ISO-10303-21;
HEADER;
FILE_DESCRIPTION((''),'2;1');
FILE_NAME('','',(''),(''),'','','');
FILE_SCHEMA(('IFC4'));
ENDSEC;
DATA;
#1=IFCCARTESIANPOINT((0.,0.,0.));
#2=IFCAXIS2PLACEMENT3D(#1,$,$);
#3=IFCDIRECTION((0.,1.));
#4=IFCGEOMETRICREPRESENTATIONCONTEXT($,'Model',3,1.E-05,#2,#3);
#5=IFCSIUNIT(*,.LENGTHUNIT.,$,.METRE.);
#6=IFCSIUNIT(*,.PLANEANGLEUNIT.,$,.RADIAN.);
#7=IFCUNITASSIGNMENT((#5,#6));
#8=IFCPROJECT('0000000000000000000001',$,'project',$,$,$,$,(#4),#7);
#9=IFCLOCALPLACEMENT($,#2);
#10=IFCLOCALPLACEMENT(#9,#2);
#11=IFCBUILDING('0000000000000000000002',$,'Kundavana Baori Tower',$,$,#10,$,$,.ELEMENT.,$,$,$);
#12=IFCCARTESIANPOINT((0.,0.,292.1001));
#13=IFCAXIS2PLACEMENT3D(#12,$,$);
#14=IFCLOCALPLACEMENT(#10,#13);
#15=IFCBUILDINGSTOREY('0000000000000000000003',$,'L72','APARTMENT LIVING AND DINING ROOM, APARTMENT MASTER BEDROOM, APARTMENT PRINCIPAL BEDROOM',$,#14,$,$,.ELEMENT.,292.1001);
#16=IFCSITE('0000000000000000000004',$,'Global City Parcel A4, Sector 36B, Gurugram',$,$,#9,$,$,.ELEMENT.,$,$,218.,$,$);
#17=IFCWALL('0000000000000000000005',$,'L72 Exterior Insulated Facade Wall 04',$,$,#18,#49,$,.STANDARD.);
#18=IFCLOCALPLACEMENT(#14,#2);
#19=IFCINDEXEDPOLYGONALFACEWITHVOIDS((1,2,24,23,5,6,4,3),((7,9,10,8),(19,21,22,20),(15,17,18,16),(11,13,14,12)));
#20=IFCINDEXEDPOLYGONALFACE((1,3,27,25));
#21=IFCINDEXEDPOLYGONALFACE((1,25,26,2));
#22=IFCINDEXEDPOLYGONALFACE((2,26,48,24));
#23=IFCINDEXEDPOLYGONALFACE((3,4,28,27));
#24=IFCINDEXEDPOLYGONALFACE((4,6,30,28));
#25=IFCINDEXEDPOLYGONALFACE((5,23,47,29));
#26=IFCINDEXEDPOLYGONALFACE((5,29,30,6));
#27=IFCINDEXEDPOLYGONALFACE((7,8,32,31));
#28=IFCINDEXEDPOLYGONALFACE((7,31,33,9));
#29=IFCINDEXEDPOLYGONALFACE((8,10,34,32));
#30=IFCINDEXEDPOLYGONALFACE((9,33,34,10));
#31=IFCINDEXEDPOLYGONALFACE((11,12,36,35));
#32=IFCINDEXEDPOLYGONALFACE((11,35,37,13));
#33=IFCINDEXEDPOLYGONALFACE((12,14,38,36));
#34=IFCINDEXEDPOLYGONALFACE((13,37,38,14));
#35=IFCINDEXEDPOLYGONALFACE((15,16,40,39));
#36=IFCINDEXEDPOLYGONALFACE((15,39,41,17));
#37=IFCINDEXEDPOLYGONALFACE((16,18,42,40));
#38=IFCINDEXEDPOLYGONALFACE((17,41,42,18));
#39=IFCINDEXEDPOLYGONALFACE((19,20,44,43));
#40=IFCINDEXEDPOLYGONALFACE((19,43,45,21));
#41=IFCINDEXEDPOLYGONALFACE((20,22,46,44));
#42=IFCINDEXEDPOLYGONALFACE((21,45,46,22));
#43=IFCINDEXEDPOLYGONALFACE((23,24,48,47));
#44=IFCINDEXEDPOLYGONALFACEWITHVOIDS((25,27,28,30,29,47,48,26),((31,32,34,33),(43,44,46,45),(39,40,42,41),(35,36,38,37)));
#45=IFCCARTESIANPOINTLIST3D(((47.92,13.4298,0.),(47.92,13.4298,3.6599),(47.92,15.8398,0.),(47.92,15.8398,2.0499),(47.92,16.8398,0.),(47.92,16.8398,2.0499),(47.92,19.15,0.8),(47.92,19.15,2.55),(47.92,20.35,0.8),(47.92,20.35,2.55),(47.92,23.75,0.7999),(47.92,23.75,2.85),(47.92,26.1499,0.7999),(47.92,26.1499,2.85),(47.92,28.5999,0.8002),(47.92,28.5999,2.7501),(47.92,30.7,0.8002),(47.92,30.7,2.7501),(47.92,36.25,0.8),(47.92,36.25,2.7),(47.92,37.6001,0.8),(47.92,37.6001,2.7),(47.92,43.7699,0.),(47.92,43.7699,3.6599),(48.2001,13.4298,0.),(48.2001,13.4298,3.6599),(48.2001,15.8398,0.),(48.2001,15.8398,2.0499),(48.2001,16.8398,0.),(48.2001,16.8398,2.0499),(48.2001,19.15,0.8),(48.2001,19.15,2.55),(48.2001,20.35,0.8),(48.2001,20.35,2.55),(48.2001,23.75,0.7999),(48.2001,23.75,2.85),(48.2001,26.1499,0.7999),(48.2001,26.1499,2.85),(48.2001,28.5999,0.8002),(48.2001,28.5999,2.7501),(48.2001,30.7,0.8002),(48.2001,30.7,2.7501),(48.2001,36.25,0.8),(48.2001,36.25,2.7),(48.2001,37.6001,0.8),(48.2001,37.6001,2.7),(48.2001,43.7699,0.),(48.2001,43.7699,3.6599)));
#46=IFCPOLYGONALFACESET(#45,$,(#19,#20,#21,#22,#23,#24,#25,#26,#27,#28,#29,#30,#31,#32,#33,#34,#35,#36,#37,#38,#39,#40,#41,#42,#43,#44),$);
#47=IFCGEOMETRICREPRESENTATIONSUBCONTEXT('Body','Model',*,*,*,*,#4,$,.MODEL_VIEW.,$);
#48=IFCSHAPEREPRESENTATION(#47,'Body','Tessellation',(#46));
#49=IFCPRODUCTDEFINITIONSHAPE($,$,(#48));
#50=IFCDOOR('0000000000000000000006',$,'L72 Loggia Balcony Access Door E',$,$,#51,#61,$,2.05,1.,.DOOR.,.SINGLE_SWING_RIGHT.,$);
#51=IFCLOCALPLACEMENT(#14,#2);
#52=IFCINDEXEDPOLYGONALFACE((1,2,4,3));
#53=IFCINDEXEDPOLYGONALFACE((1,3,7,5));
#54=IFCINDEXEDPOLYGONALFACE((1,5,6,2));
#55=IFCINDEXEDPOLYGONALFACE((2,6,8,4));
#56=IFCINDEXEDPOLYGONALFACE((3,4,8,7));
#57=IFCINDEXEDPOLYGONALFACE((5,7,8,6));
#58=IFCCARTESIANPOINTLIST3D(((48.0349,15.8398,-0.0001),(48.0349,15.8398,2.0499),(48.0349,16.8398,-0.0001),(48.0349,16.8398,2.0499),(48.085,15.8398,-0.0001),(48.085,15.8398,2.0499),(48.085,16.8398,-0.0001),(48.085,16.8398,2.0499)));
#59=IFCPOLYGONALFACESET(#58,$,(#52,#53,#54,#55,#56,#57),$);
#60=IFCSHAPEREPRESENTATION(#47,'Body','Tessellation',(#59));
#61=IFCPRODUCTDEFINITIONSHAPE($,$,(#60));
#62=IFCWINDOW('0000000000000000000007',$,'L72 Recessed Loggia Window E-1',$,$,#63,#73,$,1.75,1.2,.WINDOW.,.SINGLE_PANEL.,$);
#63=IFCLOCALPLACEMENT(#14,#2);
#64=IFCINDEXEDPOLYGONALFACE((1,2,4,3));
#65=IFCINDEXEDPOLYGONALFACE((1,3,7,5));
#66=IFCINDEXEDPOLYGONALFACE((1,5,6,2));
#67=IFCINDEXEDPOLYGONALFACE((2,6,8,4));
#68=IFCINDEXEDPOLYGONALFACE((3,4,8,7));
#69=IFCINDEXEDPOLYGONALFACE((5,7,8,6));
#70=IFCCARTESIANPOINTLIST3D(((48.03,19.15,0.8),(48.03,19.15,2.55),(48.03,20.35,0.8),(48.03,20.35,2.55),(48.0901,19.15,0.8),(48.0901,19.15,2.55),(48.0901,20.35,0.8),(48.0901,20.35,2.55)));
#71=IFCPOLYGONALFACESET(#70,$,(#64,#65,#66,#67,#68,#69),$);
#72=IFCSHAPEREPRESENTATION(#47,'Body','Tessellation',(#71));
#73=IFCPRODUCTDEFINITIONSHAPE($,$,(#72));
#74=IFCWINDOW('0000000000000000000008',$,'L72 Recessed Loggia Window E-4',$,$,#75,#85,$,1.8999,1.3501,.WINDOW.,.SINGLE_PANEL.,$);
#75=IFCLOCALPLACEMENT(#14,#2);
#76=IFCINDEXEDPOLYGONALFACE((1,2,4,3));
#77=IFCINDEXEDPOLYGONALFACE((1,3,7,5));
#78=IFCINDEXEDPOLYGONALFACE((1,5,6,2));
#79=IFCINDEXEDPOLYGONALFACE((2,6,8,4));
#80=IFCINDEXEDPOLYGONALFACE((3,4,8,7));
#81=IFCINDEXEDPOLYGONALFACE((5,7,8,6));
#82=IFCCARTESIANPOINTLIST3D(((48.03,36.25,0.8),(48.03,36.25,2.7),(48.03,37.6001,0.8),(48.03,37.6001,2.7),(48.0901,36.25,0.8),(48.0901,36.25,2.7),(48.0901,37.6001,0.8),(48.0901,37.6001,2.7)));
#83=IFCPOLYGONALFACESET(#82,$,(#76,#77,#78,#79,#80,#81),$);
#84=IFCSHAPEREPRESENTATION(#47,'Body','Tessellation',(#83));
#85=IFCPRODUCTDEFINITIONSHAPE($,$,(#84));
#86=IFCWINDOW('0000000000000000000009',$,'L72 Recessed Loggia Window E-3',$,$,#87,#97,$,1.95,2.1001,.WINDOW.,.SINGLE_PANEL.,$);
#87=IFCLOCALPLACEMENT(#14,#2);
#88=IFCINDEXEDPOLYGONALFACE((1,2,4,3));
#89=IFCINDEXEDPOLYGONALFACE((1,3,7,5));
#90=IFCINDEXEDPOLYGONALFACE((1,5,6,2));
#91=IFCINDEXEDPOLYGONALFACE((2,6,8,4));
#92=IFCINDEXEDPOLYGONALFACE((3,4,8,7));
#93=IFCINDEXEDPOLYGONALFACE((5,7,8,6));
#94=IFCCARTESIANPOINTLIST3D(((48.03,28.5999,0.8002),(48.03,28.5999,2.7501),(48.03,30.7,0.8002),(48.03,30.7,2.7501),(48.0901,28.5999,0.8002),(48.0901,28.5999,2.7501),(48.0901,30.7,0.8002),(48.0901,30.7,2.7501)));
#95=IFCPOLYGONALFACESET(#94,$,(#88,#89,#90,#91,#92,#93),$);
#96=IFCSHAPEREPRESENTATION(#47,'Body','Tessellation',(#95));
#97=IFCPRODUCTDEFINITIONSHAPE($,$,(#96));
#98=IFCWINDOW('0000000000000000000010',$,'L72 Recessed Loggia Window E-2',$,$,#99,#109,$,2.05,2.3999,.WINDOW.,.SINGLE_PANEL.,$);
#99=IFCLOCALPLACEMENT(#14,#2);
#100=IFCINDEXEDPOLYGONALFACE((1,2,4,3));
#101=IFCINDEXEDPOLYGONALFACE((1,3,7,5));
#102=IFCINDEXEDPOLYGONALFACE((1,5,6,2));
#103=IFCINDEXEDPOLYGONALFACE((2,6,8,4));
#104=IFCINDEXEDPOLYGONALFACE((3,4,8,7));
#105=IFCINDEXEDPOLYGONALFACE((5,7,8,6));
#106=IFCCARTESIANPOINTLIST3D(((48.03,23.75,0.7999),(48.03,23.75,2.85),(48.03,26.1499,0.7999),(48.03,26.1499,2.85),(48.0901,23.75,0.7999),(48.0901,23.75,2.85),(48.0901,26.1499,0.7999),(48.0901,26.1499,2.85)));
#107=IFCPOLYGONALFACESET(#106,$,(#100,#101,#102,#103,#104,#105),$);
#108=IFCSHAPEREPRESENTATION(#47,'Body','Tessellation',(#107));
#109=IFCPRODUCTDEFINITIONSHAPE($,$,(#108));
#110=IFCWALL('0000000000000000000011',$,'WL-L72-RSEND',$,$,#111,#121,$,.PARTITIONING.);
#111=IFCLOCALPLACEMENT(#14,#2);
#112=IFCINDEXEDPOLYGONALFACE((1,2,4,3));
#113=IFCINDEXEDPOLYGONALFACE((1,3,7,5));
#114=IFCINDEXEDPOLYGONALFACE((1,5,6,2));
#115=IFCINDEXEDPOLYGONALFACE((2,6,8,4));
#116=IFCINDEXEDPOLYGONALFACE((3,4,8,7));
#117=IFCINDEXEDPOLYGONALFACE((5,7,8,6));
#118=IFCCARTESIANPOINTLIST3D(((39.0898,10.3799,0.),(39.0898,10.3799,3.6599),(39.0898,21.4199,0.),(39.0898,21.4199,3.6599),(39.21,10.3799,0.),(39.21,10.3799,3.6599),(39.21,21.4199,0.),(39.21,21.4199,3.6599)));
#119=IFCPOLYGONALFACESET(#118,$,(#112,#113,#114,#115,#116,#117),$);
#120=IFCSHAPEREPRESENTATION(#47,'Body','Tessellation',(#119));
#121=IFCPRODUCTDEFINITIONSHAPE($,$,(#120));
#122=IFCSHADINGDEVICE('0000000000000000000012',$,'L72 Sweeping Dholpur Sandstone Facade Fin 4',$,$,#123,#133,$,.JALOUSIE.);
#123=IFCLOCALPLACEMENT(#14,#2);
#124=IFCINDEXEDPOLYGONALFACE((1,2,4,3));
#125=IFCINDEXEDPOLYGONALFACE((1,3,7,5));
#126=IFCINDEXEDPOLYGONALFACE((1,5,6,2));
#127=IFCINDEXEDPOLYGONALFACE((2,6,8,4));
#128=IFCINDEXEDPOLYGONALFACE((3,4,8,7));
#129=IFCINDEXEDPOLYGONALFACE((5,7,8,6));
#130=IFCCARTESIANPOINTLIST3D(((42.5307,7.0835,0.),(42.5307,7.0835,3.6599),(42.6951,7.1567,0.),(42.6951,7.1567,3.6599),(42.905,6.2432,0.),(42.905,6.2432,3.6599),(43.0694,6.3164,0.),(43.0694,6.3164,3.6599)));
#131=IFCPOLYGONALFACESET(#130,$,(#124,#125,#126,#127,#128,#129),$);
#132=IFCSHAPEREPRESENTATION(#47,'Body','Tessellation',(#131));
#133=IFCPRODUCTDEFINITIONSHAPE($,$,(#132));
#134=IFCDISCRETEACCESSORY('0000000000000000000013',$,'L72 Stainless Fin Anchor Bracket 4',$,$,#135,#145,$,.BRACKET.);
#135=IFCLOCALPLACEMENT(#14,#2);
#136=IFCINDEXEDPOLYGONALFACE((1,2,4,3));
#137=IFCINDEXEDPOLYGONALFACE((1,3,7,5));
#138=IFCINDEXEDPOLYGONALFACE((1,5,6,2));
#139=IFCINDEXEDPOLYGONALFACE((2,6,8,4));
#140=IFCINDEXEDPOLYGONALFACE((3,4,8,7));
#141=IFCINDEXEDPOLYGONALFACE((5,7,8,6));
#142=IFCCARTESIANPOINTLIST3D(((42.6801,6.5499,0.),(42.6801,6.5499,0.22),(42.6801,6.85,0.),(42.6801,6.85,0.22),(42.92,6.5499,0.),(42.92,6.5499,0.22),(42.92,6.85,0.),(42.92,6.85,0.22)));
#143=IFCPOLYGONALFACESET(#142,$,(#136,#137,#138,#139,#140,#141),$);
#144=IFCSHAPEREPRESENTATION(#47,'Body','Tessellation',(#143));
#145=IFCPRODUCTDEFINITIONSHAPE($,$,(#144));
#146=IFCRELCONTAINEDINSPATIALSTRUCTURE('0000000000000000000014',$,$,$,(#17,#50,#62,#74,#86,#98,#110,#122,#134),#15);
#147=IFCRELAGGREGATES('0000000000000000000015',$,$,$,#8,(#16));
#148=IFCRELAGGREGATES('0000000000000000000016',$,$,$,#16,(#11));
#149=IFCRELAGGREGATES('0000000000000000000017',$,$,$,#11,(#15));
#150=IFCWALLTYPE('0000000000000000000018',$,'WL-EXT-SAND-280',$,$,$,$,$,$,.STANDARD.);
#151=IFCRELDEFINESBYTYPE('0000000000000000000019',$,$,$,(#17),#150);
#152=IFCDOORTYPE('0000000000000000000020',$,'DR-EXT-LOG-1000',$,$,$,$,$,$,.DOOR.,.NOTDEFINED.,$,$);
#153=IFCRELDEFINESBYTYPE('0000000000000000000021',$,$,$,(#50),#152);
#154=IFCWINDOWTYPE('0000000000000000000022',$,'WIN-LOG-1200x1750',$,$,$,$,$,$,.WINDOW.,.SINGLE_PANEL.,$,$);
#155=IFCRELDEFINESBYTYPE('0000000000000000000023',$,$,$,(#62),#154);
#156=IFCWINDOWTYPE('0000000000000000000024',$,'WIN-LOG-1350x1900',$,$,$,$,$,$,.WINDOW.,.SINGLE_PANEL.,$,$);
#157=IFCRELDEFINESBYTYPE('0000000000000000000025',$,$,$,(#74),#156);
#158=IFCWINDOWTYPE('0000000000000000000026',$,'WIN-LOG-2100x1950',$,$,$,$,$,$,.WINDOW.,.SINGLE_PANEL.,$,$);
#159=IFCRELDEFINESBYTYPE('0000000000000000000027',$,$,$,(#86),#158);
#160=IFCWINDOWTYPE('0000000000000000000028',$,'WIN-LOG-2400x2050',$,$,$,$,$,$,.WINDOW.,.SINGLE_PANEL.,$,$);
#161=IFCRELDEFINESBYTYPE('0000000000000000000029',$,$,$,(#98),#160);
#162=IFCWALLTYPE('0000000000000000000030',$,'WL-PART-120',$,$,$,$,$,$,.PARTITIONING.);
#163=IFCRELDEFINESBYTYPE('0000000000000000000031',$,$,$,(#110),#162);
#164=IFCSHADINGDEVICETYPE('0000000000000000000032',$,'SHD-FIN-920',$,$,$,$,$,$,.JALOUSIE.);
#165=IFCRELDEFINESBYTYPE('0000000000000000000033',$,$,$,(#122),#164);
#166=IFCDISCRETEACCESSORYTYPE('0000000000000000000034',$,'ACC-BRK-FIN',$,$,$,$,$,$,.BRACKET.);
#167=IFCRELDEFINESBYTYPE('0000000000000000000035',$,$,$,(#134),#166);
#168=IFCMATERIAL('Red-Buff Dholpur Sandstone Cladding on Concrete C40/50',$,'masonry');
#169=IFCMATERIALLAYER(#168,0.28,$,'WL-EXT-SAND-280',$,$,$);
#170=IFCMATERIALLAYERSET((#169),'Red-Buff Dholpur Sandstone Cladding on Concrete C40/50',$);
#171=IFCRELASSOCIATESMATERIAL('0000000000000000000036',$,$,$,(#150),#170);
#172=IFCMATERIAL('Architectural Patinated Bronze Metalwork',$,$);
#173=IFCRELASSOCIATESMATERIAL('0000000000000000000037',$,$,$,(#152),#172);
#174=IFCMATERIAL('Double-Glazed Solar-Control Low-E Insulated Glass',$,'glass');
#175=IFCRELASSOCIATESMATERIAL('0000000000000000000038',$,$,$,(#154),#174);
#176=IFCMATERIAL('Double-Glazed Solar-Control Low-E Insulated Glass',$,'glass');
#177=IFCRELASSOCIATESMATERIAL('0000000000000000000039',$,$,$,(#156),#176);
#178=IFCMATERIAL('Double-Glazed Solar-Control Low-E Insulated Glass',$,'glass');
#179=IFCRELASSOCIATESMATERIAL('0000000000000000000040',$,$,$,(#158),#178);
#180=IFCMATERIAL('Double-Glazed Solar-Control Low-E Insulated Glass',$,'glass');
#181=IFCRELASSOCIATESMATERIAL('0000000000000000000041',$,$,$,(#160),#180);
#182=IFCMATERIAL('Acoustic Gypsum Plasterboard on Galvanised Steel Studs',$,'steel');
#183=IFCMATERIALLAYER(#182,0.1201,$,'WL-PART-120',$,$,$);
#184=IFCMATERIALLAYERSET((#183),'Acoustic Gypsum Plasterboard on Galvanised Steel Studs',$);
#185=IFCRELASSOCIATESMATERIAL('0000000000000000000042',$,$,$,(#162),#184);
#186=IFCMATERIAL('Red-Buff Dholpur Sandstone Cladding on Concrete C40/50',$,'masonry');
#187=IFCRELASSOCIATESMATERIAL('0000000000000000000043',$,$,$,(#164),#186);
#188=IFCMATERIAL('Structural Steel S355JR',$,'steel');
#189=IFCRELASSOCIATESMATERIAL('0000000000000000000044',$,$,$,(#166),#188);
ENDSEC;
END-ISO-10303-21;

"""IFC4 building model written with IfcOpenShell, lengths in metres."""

from ifc_helpers import new_model, si_unit, direction, frame, frame_2d, origin, origin_2d, place, context, subcontext, project, spatial, rectangle, extrude, material, layer, layer_set, type_object, element, fill, save


model = new_model("IFC4")

# Units and contexts
model_context = context("Model", 3, precision=1e-05, world=origin(), true_north=direction((0.0, 1.0)))
body_context = subcontext(model_context, "Body", "Model", "MODEL_VIEW")
ifc_project = project(units=[si_unit("LENGTHUNIT", "METRE"), si_unit("PLANEANGLEUNIT", "RADIAN")], contexts=[model_context])

# Site, building, storey
site_placement = place(None, origin())
site = spatial("IfcSite", under=ifc_project, at=site_placement, Name="Global City Parcel A4, Sector 36B, Gurugram", CompositionType="ELEMENT", RefElevation=218.0)
building_placement = place(site_placement, origin())
building = spatial("IfcBuilding", under=site, at=building_placement, Name="Kundavana Baori Tower", CompositionType="ELEMENT")
storey_placement = place(building_placement, frame((0.0, 0.0, 292.1001)))
storey = spatial("IfcBuildingStorey", under=building, at=storey_placement, Name="L72", Description="APARTMENT LIVING AND DINING ROOM, APARTMENT MASTER BEDROOM, APARTMENT PRINCIPAL BEDROOM", CompositionType="ELEMENT", Elevation=292.1001)

# Shared definitions
ifc_material_1 = material(Name="Red-Buff Dholpur Sandstone Cladding on Concrete C40/50", Category="masonry")
ifc_layer_1 = layer(ifc_material_1, 0.28, Name="WL-EXT-SAND-280")
ifc_layer_set_1 = layer_set([ifc_layer_1], Name="Red-Buff Dholpur Sandstone Cladding on Concrete C40/50")
wall_type_1 = type_object("IfcWallType", Name="WL-EXT-SAND-280", PredefinedType="STANDARD", material=ifc_layer_set_1)

# Wall, openings, door, windows
wall_1_placement = place(storey_placement, frame((48.0601, 13.4299, 0.0), z_axis=(0.0, 0.0, 1.0), x_axis=(0.0, 1.0, 0.0)))
wall_1 = element("IfcWall", 1, at=wall_1_placement, inside=storey, type_object=wall_type_1, Name="L72 Exterior Insulated Facade Wall 04", PredefinedType="STANDARD", context=body_context, shape_type="SweptSolid", body=[
    extrude(rectangle(XDim=30.3401, YDim=0.28, at=frame_2d((15.1699, 0.0))), origin(), (0.0, 0.0, 1.0), 3.6599),
])
opening_1_placement = place(wall_1_placement, frame((2.4099, 0.0, 0.0)))
opening_1 = element("IfcOpeningElement", 2, at=opening_1_placement, cuts=wall_1, PredefinedType="OPENING", context=body_context, shape_type="SweptSolid", body=[
    extrude(rectangle(XDim=1.0, YDim=2.05, at=frame_2d((0.5, 1.0249))), frame((0.0, 0.1499, 0.0), z_axis=(0.0, -1.0, 0.0), x_axis=(1.0, 0.0, 0.0)), (0.0, 0.0, 1.0), 0.3),
])
opening_2_placement = place(wall_1_placement, frame((5.72, 0.0, 0.8)))
opening_2 = element("IfcOpeningElement", 3, at=opening_2_placement, cuts=wall_1, PredefinedType="OPENING", context=body_context, shape_type="SweptSolid", body=[
    extrude(rectangle(XDim=1.2, YDim=1.75, at=frame_2d((0.6001, 0.875))), frame((0.0, 0.1499, 0.0), z_axis=(0.0, -1.0, 0.0), x_axis=(1.0, 0.0, 0.0)), (0.0, 0.0, 1.0), 0.3),
])
opening_3_placement = place(wall_1_placement, frame((10.3201, 0.0, 0.8)))
opening_3 = element("IfcOpeningElement", 4, at=opening_3_placement, cuts=wall_1, PredefinedType="OPENING", context=body_context, shape_type="SweptSolid", body=[
    extrude(rectangle(XDim=2.3999, YDim=2.05, at=frame_2d((1.2, 1.0249))), frame((0.0, 0.1499, 0.0), z_axis=(0.0, -1.0, 0.0), x_axis=(1.0, 0.0, 0.0)), (0.0, 0.0, 1.0), 0.3),
])
opening_4_placement = place(wall_1_placement, frame((15.1699, 0.0, 0.8)))
opening_4 = element("IfcOpeningElement", 5, at=opening_4_placement, cuts=wall_1, PredefinedType="OPENING", context=body_context, shape_type="SweptSolid", body=[
    extrude(rectangle(XDim=2.1001, YDim=1.95, at=frame_2d((1.05, 0.9751))), frame((0.0, 0.1499, 0.0), z_axis=(0.0, -1.0, 0.0), x_axis=(1.0, 0.0, 0.0)), (0.0, 0.0, 1.0), 0.3),
])
opening_5_placement = place(wall_1_placement, frame((22.8201, 0.0, 0.8)))
opening_5 = element("IfcOpeningElement", 6, at=opening_5_placement, cuts=wall_1, PredefinedType="OPENING", context=body_context, shape_type="SweptSolid", body=[
    extrude(rectangle(XDim=1.3501, YDim=1.8999, at=frame_2d((0.675, 0.95))), frame((0.0, 0.1499, 0.0), z_axis=(0.0, -1.0, 0.0), x_axis=(1.0, 0.0, 0.0)), (0.0, 0.0, 1.0), 0.3),
])
ifc_material_2 = material(Name="Architectural Patinated Bronze Metalwork")
door_type = type_object("IfcDoorType", Name="DR-EXT-LOG-1000", OperationType="NOTDEFINED", PredefinedType="DOOR", material=ifc_material_2)
door_placement = place(opening_1_placement, frame((1.0, 0.0, 0.0), z_axis=(0.0, 0.0, 1.0), x_axis=(-1.0, 0.0, 0.0)))
door = element("IfcDoor", 7, at=door_placement, inside=storey, type_object=door_type, Name="L72 Loggia Balcony Access Door E", OperationType="SINGLE_SWING_RIGHT", OverallHeight=2.05, OverallWidth=1.0, PredefinedType="DOOR", context=body_context, shape_type="SweptSolid", body=[
    extrude(rectangle(XDim=1.0, YDim=2.05, at=frame_2d((0.5, 1.0249))), frame((0.0, 0.0249, 0.0), z_axis=(0.0, -1.0, 0.0), x_axis=(1.0, 0.0, 0.0)), (0.0, 0.0, 1.0), 0.05),
])
fill(opening_1, door)
ifc_material_3 = material(Name="Double-Glazed Solar-Control Low-E Insulated Glass", Category="glass")
window_type_1 = type_object("IfcWindowType", Name="WIN-LOG-1200x1750", PartitioningType="SINGLE_PANEL", PredefinedType="WINDOW", material=ifc_material_3)
window_1_placement = place(opening_2_placement, origin())
window_1 = element("IfcWindow", 8, at=window_1_placement, inside=storey, type_object=window_type_1, Name="L72 Recessed Loggia Window E-1", OverallHeight=1.75, OverallWidth=1.2, PartitioningType="SINGLE_PANEL", PredefinedType="WINDOW", context=body_context, shape_type="SweptSolid", body=[
    extrude(rectangle(XDim=1.2, YDim=1.75, at=frame_2d((0.6001, 0.875))), frame((0.0, 0.03, 0.0), z_axis=(0.0, -1.0, 0.0), x_axis=(1.0, 0.0, 0.0)), (0.0, 0.0, 1.0), 0.0601),
])
fill(opening_2, window_1)
ifc_material_4 = material(Name="Double-Glazed Solar-Control Low-E Insulated Glass", Category="glass")
window_type_2 = type_object("IfcWindowType", Name="WIN-LOG-1350x1900", PartitioningType="SINGLE_PANEL", PredefinedType="WINDOW", material=ifc_material_4)
window_2_placement = place(opening_5_placement, origin())
window_2 = element("IfcWindow", 9, at=window_2_placement, inside=storey, type_object=window_type_2, Name="L72 Recessed Loggia Window E-4", OverallHeight=1.8999, OverallWidth=1.3501, PartitioningType="SINGLE_PANEL", PredefinedType="WINDOW", context=body_context, shape_type="SweptSolid", body=[
    extrude(rectangle(XDim=1.3501, YDim=1.8999, at=frame_2d((0.675, 0.95))), frame((0.0, 0.03, 0.0), z_axis=(0.0, -1.0, 0.0), x_axis=(1.0, 0.0, 0.0)), (0.0, 0.0, 1.0), 0.0601),
])
fill(opening_5, window_2)
ifc_material_5 = material(Name="Double-Glazed Solar-Control Low-E Insulated Glass", Category="glass")
window_type_3 = type_object("IfcWindowType", Name="WIN-LOG-2100x1950", PartitioningType="SINGLE_PANEL", PredefinedType="WINDOW", material=ifc_material_5)
window_3_placement = place(opening_4_placement, origin())
window_3 = element("IfcWindow", 10, at=window_3_placement, inside=storey, type_object=window_type_3, Name="L72 Recessed Loggia Window E-3", OverallHeight=1.95, OverallWidth=2.1001, PartitioningType="SINGLE_PANEL", PredefinedType="WINDOW", context=body_context, shape_type="SweptSolid", body=[
    extrude(rectangle(XDim=2.1001, YDim=1.95, at=frame_2d((1.05, 0.9751))), frame((0.0, 0.03, 0.0), z_axis=(0.0, -1.0, 0.0), x_axis=(1.0, 0.0, 0.0)), (0.0, 0.0, 1.0), 0.0601),
])
fill(opening_4, window_3)
ifc_material_6 = material(Name="Double-Glazed Solar-Control Low-E Insulated Glass", Category="glass")
window_type_4 = type_object("IfcWindowType", Name="WIN-LOG-2400x2050", PartitioningType="SINGLE_PANEL", PredefinedType="WINDOW", material=ifc_material_6)
window_4_placement = place(opening_3_placement, origin())
window_4 = element("IfcWindow", 11, at=window_4_placement, inside=storey, type_object=window_type_4, Name="L72 Recessed Loggia Window E-2", OverallHeight=2.05, OverallWidth=2.3999, PartitioningType="SINGLE_PANEL", PredefinedType="WINDOW", context=body_context, shape_type="SweptSolid", body=[
    extrude(rectangle(XDim=2.3999, YDim=2.05, at=frame_2d((1.2, 1.0249))), frame((0.0, 0.03, 0.0), z_axis=(0.0, -1.0, 0.0), x_axis=(1.0, 0.0, 0.0)), (0.0, 0.0, 1.0), 0.0601),
])
fill(opening_3, window_4)

# Wall
ifc_material_7 = material(Name="Acoustic Gypsum Plasterboard on Galvanised Steel Studs", Category="steel")
ifc_layer_2 = layer(ifc_material_7, 0.1201, Name="WL-PART-120")
ifc_layer_set_2 = layer_set([ifc_layer_2], Name="Acoustic Gypsum Plasterboard on Galvanised Steel Studs")
wall_type_2 = type_object("IfcWallType", Name="WL-PART-120", PredefinedType="PARTITIONING", material=ifc_layer_set_2)
wall_2_placement = place(storey_placement, frame((39.1499, 10.3799, 0.0), z_axis=(0.0, 0.0, 1.0), x_axis=(0.0, 1.0, 0.0)))
element("IfcWall", 12, at=wall_2_placement, inside=storey, type_object=wall_type_2, Name="WL-L72-RSEND", PredefinedType="PARTITIONING", context=body_context, shape_type="SweptSolid", body=[
    extrude(rectangle(XDim=11.04, YDim=0.1201, at=frame_2d((5.52, 0.0))), origin(), (0.0, 0.0, 1.0), 3.6599),
])

# Shading device
ifc_material_8 = material(Name="Red-Buff Dholpur Sandstone Cladding on Concrete C40/50", Category="masonry")
shading_device_type = type_object("IfcShadingDeviceType", Name="SHD-FIN-920", PredefinedType="JALOUSIE", material=ifc_material_8)
shading_device_placement = place(storey_placement, frame((42.8, 6.7, 0.0), z_axis=(0.0, 0.0, 1.0), x_axis=(0.913474, 0.406896, 0.0)))
element("IfcShadingDevice", 13, at=shading_device_placement, inside=storey, type_object=shading_device_type, Name="L72 Sweeping Dholpur Sandstone Facade Fin 4", PredefinedType="JALOUSIE", context=body_context, shape_type="SweptSolid", body=[
    extrude(rectangle(XDim=0.1799, YDim=0.9199, at=origin_2d()), origin(), (0.0, 0.0, 1.0), 3.6599),
])

# Discrete accessory
ifc_material_9 = material(Name="Structural Steel S355JR", Category="steel")
discrete_accessory_type = type_object("IfcDiscreteAccessoryType", Name="ACC-BRK-FIN", PredefinedType="BRACKET", material=ifc_material_9)
discrete_accessory_placement = place(storey_placement, frame((42.8, 6.7, 0.0), z_axis=(0.0, 0.0, 1.0), x_axis=(1.0, 0.0, 0.0)))
element("IfcDiscreteAccessory", 14, at=discrete_accessory_placement, inside=storey, type_object=discrete_accessory_type, Name="L72 Stainless Fin Anchor Bracket 4", PredefinedType="BRACKET", context=body_context, shape_type="SweptSolid", body=[
    extrude(rectangle(XDim=0.24, YDim=0.3, at=origin_2d()), origin(), (0.0, 0.0, 1.0), 0.22),
])

save(model, "model.ifc")
